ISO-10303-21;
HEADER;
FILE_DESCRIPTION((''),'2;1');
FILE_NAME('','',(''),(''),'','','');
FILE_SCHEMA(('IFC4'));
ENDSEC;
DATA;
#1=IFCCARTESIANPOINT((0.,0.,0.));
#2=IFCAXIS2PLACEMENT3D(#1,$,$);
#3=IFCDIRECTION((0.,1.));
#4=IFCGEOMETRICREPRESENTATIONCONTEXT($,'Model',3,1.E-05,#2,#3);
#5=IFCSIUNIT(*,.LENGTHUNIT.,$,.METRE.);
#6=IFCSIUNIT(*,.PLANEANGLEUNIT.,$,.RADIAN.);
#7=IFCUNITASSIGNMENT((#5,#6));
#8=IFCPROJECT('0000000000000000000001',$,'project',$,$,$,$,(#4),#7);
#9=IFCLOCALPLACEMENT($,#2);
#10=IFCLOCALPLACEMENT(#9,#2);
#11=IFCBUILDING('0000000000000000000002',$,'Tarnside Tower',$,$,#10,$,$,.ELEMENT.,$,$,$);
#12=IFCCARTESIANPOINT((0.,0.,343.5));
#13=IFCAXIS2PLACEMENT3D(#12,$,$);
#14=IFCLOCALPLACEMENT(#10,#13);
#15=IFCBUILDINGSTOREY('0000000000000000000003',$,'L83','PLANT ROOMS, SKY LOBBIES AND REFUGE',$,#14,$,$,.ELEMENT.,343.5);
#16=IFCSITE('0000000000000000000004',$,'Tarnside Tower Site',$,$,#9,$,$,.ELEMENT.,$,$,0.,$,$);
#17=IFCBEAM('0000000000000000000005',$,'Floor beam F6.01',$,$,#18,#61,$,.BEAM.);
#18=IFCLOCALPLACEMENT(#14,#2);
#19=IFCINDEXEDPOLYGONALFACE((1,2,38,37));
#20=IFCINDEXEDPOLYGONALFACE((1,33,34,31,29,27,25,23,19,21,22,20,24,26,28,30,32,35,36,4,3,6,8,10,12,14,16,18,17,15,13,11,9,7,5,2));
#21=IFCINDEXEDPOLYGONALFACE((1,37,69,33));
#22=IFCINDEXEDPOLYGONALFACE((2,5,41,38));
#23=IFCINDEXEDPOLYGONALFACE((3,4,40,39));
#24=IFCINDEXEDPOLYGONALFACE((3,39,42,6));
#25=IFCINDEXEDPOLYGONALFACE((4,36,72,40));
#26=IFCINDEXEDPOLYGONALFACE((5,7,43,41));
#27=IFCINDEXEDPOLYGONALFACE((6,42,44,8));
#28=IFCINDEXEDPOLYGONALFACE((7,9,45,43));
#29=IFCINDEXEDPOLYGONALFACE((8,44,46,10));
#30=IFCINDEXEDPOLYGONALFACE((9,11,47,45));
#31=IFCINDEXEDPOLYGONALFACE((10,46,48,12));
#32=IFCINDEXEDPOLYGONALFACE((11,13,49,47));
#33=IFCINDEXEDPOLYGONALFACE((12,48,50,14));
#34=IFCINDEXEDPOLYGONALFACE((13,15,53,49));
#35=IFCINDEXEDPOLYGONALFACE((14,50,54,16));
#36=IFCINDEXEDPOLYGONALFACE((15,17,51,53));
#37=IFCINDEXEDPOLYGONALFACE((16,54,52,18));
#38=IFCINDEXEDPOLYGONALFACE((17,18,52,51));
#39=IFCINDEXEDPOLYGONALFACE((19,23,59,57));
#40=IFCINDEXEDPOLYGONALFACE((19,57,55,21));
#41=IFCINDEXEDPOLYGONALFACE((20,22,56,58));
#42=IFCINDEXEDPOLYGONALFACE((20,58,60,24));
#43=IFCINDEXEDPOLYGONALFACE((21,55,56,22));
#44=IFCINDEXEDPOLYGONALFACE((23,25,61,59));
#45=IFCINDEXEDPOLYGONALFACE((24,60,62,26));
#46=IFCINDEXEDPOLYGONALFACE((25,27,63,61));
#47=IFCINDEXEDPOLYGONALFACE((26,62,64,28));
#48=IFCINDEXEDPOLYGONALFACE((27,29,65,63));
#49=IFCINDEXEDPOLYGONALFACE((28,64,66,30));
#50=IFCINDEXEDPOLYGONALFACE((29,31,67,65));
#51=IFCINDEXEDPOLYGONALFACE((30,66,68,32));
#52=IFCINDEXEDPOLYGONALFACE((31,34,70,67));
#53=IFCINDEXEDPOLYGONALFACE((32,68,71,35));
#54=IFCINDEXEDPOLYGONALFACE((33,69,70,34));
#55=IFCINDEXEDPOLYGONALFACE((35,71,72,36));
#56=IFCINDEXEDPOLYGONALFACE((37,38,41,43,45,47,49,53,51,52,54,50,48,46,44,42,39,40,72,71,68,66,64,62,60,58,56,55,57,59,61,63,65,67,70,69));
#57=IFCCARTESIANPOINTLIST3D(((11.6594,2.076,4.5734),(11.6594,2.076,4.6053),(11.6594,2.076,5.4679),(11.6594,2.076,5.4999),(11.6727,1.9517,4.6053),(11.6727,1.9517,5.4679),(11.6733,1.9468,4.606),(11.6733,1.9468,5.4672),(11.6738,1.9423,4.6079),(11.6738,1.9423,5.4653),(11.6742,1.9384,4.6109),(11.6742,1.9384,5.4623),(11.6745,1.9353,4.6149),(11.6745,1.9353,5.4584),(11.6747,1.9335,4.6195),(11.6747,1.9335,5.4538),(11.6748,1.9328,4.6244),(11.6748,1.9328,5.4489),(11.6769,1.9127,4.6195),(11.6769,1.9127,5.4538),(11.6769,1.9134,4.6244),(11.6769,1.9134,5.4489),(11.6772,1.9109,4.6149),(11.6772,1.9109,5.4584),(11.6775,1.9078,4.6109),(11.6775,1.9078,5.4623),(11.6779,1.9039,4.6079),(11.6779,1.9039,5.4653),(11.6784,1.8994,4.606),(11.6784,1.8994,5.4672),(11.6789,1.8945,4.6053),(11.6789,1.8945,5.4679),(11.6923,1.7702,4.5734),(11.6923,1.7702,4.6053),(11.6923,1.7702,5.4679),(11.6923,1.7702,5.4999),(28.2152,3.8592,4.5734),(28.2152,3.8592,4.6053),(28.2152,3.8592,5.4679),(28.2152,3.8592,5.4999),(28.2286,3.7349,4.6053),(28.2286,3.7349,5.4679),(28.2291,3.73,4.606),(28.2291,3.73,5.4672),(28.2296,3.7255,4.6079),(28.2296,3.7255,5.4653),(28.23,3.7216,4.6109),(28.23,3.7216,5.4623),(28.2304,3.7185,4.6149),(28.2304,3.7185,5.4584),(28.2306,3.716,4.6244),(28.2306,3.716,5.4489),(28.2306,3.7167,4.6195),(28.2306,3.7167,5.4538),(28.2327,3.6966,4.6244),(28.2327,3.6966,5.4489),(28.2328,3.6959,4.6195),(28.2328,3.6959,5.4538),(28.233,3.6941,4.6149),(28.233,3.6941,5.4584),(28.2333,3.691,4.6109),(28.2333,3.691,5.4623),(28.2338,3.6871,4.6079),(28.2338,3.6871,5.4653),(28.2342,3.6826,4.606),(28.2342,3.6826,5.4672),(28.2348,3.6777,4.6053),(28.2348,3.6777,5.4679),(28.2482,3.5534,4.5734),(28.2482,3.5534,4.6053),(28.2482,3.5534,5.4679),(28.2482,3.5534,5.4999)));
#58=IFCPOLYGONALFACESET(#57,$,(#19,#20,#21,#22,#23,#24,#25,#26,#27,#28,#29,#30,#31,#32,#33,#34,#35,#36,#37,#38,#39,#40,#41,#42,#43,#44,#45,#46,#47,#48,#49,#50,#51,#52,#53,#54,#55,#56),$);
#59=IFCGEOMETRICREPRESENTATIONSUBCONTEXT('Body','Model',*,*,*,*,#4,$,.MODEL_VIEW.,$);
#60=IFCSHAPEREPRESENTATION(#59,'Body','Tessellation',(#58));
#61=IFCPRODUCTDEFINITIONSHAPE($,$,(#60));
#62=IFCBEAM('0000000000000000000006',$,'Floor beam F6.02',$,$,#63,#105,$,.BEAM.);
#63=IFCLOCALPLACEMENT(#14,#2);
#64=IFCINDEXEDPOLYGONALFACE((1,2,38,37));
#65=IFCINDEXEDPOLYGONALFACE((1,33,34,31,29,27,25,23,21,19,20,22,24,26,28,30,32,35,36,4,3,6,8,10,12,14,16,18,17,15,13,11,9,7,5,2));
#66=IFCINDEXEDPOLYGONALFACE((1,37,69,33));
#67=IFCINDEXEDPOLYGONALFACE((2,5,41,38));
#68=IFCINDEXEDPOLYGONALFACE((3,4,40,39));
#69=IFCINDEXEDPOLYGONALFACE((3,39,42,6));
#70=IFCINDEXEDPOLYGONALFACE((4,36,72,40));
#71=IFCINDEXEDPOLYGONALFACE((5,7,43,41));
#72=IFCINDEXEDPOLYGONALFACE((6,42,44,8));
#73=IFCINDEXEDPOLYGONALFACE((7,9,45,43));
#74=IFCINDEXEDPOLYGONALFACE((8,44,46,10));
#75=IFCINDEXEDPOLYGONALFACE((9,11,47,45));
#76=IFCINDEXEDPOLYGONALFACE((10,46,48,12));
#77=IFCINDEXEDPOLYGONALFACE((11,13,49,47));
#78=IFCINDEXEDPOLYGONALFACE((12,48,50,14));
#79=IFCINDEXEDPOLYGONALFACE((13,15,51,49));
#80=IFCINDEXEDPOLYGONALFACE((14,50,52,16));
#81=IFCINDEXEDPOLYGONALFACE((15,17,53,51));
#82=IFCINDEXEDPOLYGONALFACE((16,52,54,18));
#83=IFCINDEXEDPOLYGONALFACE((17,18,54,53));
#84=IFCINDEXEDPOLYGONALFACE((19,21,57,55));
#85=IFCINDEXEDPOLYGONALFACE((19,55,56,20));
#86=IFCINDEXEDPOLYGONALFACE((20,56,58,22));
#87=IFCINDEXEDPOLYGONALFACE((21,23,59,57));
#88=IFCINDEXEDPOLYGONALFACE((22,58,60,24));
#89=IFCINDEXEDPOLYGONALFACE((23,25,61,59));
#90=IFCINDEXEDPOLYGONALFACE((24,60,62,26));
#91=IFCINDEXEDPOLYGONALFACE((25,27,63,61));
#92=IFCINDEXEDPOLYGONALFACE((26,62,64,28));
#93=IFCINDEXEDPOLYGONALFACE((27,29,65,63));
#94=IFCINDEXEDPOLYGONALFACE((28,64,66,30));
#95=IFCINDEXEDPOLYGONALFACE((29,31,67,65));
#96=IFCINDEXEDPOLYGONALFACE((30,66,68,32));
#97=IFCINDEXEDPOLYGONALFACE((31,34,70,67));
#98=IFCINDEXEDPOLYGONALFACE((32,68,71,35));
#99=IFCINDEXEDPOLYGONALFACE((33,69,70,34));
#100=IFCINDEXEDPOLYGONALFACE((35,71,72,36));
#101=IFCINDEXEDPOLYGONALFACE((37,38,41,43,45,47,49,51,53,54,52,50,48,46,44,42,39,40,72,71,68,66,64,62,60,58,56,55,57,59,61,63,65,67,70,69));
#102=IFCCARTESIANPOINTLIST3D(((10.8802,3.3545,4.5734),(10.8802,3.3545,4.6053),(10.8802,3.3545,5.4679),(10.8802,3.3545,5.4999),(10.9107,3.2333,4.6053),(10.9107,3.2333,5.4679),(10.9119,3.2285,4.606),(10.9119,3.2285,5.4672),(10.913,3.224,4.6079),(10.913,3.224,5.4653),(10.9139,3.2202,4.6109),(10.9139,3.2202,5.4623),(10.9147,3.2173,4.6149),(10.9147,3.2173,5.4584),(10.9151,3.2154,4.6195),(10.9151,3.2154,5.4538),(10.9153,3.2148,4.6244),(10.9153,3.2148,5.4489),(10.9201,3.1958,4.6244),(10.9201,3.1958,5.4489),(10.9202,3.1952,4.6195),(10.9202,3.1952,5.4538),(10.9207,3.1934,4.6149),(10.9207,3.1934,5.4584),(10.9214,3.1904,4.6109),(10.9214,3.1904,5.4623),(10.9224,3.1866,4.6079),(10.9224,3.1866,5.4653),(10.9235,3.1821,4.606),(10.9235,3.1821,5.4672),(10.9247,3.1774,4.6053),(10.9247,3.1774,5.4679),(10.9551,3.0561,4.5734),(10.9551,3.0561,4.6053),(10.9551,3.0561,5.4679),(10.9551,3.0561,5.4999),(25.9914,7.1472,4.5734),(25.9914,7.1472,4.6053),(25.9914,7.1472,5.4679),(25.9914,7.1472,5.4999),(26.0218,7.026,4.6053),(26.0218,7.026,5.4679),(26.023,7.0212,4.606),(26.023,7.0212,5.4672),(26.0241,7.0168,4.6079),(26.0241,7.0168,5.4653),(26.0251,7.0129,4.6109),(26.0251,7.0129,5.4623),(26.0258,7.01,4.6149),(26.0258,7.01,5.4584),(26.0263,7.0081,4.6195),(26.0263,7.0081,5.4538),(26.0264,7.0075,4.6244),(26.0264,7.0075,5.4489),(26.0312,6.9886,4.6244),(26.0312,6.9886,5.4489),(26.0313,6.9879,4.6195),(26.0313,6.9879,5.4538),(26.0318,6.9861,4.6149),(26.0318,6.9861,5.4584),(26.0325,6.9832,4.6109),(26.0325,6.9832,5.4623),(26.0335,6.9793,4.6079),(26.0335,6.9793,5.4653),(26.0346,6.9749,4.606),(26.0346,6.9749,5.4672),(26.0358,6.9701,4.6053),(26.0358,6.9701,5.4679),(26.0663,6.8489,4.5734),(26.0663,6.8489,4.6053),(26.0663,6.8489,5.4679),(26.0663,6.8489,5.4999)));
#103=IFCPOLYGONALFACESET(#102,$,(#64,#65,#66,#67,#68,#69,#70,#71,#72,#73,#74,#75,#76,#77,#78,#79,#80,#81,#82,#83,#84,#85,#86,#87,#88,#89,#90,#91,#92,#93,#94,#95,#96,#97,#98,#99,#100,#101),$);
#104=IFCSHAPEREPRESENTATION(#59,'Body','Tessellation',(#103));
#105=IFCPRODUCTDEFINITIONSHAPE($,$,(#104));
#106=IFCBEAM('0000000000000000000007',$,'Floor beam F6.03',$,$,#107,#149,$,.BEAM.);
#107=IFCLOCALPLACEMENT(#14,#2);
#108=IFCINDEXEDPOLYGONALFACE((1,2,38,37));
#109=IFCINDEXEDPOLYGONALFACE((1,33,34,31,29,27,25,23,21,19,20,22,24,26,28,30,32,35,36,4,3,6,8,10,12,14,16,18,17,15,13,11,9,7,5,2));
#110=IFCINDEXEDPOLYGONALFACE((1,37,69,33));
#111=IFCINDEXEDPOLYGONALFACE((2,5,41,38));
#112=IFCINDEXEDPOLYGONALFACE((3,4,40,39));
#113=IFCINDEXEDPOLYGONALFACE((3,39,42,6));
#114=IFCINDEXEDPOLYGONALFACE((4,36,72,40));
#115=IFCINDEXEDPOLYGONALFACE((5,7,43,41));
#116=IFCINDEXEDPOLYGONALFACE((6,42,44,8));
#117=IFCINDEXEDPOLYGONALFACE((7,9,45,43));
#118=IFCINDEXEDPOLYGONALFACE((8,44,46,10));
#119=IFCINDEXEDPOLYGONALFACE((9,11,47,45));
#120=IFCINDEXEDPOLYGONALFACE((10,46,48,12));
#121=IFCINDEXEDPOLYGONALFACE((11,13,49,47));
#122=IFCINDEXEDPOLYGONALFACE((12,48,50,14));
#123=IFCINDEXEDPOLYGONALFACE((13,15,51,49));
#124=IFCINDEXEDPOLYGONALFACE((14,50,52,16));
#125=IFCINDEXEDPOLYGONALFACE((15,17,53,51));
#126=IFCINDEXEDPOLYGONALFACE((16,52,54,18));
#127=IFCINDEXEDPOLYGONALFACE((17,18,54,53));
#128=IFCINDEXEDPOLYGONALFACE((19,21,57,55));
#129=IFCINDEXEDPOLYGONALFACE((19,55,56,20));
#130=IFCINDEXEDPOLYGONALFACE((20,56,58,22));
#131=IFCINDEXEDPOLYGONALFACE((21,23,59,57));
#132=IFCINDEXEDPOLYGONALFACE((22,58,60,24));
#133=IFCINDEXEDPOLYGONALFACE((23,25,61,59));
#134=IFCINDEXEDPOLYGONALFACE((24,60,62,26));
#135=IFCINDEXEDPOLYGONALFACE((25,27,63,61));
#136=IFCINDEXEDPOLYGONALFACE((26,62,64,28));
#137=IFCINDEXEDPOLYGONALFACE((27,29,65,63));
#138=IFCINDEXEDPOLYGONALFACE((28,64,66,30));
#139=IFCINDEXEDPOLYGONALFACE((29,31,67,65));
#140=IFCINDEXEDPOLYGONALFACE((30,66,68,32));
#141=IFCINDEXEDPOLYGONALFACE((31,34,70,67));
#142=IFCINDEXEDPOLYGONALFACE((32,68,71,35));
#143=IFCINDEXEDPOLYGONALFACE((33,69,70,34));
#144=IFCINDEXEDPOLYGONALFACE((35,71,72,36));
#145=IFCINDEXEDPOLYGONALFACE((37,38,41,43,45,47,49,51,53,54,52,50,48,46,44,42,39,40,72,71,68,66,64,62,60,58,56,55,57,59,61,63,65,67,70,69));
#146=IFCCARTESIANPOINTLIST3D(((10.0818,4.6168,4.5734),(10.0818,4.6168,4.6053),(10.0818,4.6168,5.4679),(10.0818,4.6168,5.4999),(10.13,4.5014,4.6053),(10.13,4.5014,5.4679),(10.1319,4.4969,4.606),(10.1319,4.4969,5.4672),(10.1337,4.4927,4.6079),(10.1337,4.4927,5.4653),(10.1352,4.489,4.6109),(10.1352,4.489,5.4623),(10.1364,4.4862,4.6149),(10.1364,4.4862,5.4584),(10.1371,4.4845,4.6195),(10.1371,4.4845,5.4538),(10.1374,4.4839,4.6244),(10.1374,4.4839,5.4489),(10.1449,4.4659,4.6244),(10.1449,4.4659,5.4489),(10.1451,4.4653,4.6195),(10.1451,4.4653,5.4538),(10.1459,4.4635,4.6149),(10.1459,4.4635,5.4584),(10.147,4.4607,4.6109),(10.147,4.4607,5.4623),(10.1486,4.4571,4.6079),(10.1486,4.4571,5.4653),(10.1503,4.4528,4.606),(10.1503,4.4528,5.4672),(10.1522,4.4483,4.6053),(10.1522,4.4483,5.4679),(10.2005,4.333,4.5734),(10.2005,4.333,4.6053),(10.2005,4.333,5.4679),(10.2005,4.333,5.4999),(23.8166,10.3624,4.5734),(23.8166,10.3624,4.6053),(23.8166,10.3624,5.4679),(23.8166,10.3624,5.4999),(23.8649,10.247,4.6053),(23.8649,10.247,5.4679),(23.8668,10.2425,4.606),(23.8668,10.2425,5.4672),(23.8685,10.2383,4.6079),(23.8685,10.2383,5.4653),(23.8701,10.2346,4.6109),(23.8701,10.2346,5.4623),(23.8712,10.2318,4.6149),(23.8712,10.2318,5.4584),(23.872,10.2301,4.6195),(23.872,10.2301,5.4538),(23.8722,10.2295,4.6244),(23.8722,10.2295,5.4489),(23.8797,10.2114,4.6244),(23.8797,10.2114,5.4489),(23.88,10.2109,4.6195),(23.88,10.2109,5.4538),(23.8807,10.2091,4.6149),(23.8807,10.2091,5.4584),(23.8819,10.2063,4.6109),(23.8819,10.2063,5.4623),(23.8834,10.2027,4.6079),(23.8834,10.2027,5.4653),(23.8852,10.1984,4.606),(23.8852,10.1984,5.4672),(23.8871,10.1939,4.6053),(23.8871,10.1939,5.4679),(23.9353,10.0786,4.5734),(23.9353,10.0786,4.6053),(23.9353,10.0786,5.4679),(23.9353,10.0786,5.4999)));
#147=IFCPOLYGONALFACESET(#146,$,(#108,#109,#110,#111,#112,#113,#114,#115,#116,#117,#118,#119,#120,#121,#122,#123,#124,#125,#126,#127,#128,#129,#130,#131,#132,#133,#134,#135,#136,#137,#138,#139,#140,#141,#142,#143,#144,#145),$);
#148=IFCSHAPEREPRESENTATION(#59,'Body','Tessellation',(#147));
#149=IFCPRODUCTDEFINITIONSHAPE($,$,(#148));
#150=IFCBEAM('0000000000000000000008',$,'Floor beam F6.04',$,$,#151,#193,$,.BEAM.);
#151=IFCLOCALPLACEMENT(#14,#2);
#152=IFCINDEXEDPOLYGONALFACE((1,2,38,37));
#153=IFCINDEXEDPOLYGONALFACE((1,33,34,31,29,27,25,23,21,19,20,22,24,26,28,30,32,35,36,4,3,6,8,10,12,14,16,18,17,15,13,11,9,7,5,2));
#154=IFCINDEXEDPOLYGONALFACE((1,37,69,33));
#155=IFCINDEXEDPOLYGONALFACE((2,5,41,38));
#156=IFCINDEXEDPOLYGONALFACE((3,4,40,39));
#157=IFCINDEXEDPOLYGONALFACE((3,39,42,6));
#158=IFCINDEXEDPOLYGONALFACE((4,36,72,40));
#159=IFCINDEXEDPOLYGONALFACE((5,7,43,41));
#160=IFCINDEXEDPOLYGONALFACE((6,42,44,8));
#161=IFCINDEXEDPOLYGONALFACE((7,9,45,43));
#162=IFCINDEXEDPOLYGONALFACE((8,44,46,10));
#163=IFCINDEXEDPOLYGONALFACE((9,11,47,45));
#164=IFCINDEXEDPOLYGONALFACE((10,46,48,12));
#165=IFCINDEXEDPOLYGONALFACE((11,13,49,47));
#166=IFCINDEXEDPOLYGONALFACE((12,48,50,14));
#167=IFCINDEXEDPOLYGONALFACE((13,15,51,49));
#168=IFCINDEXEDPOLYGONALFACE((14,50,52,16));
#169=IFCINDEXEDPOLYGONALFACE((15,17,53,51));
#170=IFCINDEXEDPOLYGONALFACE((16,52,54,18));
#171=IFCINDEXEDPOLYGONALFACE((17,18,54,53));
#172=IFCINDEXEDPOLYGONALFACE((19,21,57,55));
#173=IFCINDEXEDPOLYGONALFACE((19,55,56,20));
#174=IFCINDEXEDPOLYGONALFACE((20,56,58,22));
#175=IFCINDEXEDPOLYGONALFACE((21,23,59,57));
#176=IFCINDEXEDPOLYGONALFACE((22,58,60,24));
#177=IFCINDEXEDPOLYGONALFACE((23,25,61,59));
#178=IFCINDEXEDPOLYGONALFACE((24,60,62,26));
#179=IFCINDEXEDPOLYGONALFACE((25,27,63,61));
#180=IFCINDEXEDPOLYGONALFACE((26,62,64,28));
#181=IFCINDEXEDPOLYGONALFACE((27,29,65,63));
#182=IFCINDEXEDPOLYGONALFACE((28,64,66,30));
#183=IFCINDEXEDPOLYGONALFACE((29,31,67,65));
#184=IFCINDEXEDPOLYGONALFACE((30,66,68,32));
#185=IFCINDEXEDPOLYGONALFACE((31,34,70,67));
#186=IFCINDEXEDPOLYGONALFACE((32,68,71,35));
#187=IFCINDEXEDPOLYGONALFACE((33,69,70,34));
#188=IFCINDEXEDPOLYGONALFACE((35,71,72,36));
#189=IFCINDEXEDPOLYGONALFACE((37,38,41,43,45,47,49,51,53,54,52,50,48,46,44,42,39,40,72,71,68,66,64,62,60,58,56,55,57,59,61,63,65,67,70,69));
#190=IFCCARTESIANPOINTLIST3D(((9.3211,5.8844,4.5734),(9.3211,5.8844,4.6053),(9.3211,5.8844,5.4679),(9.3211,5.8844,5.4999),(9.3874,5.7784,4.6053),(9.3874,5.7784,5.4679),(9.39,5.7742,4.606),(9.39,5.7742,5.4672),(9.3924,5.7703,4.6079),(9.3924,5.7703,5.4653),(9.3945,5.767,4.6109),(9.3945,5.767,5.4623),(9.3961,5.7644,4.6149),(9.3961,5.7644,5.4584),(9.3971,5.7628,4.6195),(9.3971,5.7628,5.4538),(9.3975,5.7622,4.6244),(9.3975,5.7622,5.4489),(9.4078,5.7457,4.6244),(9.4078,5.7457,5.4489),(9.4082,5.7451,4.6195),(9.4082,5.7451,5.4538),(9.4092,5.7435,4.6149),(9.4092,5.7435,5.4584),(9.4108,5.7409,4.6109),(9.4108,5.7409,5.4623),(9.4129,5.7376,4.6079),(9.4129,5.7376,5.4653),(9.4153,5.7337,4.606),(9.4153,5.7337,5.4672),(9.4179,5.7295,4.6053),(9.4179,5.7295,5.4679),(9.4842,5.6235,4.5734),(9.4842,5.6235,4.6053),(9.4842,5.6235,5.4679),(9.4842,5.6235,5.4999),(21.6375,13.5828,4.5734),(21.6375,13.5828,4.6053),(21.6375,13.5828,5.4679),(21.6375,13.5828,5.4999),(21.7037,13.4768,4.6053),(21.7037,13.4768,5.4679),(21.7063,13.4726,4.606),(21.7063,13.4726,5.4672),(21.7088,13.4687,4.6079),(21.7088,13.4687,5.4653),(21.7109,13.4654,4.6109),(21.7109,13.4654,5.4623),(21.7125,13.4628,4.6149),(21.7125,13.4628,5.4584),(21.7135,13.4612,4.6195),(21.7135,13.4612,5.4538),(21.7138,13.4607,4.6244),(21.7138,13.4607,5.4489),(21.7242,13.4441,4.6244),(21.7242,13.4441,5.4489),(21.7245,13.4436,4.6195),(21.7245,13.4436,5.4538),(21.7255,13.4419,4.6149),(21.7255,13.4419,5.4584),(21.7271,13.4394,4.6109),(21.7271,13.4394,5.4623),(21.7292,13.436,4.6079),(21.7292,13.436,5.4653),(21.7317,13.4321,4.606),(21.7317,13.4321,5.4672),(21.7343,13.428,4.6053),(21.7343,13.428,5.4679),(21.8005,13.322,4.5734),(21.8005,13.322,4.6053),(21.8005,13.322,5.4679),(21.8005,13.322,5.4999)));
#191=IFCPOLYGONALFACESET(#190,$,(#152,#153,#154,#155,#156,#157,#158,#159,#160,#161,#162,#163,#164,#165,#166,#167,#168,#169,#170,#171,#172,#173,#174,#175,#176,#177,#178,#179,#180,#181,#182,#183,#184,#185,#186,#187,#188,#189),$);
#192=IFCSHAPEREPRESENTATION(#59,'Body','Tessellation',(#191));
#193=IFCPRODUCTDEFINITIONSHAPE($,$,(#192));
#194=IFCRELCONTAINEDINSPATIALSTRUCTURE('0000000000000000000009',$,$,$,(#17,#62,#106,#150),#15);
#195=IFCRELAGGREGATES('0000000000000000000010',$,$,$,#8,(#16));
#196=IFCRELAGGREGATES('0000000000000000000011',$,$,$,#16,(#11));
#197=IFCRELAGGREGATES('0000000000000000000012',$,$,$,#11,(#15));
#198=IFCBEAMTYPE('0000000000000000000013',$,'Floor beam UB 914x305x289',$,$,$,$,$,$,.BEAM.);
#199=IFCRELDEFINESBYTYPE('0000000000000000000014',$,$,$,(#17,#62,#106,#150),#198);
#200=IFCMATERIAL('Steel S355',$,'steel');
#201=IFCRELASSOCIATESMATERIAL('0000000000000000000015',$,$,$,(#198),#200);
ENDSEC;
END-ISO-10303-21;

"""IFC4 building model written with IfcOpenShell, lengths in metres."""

from ifc_helpers import new_model, si_unit, direction, frame, origin, origin_2d, place, context, subcontext, project, spatial, i_section, extrude, material, material_profile, profile_set, type_object, element, save


model = new_model("IFC4")

# Units and contexts
model_context = context("Model", 3, precision=1e-05, world=origin(), true_north=direction((0.0, 1.0)))
body_context = subcontext(model_context, "Body", "Model", "MODEL_VIEW")
ifc_project = project(units=[si_unit("LENGTHUNIT", "METRE"), si_unit("PLANEANGLEUNIT", "RADIAN")], contexts=[model_context])

# Site, building, storey
site_placement = place(None, origin())
site = spatial("IfcSite", under=ifc_project, at=site_placement, Name="Tarnside Tower Site", CompositionType="ELEMENT", RefElevation=0.0)
building_placement = place(site_placement, origin())
building = spatial("IfcBuilding", under=site, at=building_placement, Name="Tarnside Tower", CompositionType="ELEMENT")
storey_placement = place(building_placement, frame((0.0, 0.0, 343.5)))
storey = spatial("IfcBuildingStorey", under=building, at=storey_placement, Name="L83", Description="PLANT ROOMS, SKY LOBBIES AND REFUGE", CompositionType="ELEMENT", Elevation=343.5)

# Beams
ifc_material_1 = material(Name="Steel S355", Category="steel")
ifc_material_profile_1 = material_profile(ifc_material_1, i_section(OverallWidth=0.3076, OverallDepth=0.9265, WebThickness=0.0195, FlangeThickness=0.032, FilletRadius=0.019, at=origin_2d()), Name="UB 914x305x289")
ifc_profile_set_1 = profile_set([ifc_material_profile_1], Name="Steel S355")
beam_type = type_object("IfcBeamType", Name="Floor beam UB 914x305x289", PredefinedType="BEAM", material=ifc_profile_set_1)
beam_1_placement = place(storey_placement, frame((28.2317, 3.7063, 5.0366), z_axis=(-0.994249, -0.107089, 0.0), x_axis=(0.107089, -0.994249, 0.0)))
element("IfcBeam", 1, at=beam_1_placement, inside=storey, type_object=beam_type, Name="Floor beam F6.01", PredefinedType="BEAM", context=body_context, shape_type="SweptSolid", body=[
    extrude(i_section(OverallWidth=0.3076, OverallDepth=0.9265, WebThickness=0.0195, FlangeThickness=0.032, FilletRadius=0.019, at=origin_2d()), origin(), (0.0, 0.0, 1.0), 16.6516),
])
beam_2_placement = place(storey_placement, frame((26.0288, 6.998, 5.0366), z_axis=(-0.969916, -0.243439, 0.0), x_axis=(0.243439, -0.969916, 0.0)))
element("IfcBeam", 2, at=beam_2_placement, inside=storey, type_object=beam_type, Name="Floor beam F6.02", PredefinedType="BEAM", context=body_context, shape_type="SweptSolid", body=[
    extrude(i_section(OverallWidth=0.3076, OverallDepth=0.9265, WebThickness=0.0195, FlangeThickness=0.032, FilletRadius=0.019, at=origin_2d()), origin(), (0.0, 0.0, 1.0), 15.5798),
])
beam_3_placement = place(storey_placement, frame((23.876, 10.2205, 5.0366), z_axis=(-0.922534, -0.385917, 0.0), x_axis=(0.385917, -0.922534, 0.0)))
element("IfcBeam", 3, at=beam_3_placement, inside=storey, type_object=beam_type, Name="Floor beam F6.03", PredefinedType="BEAM", context=body_context, shape_type="SweptSolid", body=[
    extrude(i_section(OverallWidth=0.3076, OverallDepth=0.9265, WebThickness=0.0195, FlangeThickness=0.032, FilletRadius=0.019, at=origin_2d()), origin(), (0.0, 0.0, 1.0), 14.8882),
])
beam_4_placement = place(storey_placement, frame((21.719, 13.4524, 5.0366), z_axis=(-0.847976, -0.530035, 0.0), x_axis=(0.530035, -0.847976, 0.0)))
element("IfcBeam", 4, at=beam_4_placement, inside=storey, type_object=beam_type, Name="Floor beam F6.04", PredefinedType="BEAM", context=body_context, shape_type="SweptSolid", body=[
    extrude(i_section(OverallWidth=0.3076, OverallDepth=0.9265, WebThickness=0.0195, FlangeThickness=0.032, FilletRadius=0.019, at=origin_2d()), origin(), (0.0, 0.0, 1.0), 14.5244),
])

save(model, "model.ifc")
